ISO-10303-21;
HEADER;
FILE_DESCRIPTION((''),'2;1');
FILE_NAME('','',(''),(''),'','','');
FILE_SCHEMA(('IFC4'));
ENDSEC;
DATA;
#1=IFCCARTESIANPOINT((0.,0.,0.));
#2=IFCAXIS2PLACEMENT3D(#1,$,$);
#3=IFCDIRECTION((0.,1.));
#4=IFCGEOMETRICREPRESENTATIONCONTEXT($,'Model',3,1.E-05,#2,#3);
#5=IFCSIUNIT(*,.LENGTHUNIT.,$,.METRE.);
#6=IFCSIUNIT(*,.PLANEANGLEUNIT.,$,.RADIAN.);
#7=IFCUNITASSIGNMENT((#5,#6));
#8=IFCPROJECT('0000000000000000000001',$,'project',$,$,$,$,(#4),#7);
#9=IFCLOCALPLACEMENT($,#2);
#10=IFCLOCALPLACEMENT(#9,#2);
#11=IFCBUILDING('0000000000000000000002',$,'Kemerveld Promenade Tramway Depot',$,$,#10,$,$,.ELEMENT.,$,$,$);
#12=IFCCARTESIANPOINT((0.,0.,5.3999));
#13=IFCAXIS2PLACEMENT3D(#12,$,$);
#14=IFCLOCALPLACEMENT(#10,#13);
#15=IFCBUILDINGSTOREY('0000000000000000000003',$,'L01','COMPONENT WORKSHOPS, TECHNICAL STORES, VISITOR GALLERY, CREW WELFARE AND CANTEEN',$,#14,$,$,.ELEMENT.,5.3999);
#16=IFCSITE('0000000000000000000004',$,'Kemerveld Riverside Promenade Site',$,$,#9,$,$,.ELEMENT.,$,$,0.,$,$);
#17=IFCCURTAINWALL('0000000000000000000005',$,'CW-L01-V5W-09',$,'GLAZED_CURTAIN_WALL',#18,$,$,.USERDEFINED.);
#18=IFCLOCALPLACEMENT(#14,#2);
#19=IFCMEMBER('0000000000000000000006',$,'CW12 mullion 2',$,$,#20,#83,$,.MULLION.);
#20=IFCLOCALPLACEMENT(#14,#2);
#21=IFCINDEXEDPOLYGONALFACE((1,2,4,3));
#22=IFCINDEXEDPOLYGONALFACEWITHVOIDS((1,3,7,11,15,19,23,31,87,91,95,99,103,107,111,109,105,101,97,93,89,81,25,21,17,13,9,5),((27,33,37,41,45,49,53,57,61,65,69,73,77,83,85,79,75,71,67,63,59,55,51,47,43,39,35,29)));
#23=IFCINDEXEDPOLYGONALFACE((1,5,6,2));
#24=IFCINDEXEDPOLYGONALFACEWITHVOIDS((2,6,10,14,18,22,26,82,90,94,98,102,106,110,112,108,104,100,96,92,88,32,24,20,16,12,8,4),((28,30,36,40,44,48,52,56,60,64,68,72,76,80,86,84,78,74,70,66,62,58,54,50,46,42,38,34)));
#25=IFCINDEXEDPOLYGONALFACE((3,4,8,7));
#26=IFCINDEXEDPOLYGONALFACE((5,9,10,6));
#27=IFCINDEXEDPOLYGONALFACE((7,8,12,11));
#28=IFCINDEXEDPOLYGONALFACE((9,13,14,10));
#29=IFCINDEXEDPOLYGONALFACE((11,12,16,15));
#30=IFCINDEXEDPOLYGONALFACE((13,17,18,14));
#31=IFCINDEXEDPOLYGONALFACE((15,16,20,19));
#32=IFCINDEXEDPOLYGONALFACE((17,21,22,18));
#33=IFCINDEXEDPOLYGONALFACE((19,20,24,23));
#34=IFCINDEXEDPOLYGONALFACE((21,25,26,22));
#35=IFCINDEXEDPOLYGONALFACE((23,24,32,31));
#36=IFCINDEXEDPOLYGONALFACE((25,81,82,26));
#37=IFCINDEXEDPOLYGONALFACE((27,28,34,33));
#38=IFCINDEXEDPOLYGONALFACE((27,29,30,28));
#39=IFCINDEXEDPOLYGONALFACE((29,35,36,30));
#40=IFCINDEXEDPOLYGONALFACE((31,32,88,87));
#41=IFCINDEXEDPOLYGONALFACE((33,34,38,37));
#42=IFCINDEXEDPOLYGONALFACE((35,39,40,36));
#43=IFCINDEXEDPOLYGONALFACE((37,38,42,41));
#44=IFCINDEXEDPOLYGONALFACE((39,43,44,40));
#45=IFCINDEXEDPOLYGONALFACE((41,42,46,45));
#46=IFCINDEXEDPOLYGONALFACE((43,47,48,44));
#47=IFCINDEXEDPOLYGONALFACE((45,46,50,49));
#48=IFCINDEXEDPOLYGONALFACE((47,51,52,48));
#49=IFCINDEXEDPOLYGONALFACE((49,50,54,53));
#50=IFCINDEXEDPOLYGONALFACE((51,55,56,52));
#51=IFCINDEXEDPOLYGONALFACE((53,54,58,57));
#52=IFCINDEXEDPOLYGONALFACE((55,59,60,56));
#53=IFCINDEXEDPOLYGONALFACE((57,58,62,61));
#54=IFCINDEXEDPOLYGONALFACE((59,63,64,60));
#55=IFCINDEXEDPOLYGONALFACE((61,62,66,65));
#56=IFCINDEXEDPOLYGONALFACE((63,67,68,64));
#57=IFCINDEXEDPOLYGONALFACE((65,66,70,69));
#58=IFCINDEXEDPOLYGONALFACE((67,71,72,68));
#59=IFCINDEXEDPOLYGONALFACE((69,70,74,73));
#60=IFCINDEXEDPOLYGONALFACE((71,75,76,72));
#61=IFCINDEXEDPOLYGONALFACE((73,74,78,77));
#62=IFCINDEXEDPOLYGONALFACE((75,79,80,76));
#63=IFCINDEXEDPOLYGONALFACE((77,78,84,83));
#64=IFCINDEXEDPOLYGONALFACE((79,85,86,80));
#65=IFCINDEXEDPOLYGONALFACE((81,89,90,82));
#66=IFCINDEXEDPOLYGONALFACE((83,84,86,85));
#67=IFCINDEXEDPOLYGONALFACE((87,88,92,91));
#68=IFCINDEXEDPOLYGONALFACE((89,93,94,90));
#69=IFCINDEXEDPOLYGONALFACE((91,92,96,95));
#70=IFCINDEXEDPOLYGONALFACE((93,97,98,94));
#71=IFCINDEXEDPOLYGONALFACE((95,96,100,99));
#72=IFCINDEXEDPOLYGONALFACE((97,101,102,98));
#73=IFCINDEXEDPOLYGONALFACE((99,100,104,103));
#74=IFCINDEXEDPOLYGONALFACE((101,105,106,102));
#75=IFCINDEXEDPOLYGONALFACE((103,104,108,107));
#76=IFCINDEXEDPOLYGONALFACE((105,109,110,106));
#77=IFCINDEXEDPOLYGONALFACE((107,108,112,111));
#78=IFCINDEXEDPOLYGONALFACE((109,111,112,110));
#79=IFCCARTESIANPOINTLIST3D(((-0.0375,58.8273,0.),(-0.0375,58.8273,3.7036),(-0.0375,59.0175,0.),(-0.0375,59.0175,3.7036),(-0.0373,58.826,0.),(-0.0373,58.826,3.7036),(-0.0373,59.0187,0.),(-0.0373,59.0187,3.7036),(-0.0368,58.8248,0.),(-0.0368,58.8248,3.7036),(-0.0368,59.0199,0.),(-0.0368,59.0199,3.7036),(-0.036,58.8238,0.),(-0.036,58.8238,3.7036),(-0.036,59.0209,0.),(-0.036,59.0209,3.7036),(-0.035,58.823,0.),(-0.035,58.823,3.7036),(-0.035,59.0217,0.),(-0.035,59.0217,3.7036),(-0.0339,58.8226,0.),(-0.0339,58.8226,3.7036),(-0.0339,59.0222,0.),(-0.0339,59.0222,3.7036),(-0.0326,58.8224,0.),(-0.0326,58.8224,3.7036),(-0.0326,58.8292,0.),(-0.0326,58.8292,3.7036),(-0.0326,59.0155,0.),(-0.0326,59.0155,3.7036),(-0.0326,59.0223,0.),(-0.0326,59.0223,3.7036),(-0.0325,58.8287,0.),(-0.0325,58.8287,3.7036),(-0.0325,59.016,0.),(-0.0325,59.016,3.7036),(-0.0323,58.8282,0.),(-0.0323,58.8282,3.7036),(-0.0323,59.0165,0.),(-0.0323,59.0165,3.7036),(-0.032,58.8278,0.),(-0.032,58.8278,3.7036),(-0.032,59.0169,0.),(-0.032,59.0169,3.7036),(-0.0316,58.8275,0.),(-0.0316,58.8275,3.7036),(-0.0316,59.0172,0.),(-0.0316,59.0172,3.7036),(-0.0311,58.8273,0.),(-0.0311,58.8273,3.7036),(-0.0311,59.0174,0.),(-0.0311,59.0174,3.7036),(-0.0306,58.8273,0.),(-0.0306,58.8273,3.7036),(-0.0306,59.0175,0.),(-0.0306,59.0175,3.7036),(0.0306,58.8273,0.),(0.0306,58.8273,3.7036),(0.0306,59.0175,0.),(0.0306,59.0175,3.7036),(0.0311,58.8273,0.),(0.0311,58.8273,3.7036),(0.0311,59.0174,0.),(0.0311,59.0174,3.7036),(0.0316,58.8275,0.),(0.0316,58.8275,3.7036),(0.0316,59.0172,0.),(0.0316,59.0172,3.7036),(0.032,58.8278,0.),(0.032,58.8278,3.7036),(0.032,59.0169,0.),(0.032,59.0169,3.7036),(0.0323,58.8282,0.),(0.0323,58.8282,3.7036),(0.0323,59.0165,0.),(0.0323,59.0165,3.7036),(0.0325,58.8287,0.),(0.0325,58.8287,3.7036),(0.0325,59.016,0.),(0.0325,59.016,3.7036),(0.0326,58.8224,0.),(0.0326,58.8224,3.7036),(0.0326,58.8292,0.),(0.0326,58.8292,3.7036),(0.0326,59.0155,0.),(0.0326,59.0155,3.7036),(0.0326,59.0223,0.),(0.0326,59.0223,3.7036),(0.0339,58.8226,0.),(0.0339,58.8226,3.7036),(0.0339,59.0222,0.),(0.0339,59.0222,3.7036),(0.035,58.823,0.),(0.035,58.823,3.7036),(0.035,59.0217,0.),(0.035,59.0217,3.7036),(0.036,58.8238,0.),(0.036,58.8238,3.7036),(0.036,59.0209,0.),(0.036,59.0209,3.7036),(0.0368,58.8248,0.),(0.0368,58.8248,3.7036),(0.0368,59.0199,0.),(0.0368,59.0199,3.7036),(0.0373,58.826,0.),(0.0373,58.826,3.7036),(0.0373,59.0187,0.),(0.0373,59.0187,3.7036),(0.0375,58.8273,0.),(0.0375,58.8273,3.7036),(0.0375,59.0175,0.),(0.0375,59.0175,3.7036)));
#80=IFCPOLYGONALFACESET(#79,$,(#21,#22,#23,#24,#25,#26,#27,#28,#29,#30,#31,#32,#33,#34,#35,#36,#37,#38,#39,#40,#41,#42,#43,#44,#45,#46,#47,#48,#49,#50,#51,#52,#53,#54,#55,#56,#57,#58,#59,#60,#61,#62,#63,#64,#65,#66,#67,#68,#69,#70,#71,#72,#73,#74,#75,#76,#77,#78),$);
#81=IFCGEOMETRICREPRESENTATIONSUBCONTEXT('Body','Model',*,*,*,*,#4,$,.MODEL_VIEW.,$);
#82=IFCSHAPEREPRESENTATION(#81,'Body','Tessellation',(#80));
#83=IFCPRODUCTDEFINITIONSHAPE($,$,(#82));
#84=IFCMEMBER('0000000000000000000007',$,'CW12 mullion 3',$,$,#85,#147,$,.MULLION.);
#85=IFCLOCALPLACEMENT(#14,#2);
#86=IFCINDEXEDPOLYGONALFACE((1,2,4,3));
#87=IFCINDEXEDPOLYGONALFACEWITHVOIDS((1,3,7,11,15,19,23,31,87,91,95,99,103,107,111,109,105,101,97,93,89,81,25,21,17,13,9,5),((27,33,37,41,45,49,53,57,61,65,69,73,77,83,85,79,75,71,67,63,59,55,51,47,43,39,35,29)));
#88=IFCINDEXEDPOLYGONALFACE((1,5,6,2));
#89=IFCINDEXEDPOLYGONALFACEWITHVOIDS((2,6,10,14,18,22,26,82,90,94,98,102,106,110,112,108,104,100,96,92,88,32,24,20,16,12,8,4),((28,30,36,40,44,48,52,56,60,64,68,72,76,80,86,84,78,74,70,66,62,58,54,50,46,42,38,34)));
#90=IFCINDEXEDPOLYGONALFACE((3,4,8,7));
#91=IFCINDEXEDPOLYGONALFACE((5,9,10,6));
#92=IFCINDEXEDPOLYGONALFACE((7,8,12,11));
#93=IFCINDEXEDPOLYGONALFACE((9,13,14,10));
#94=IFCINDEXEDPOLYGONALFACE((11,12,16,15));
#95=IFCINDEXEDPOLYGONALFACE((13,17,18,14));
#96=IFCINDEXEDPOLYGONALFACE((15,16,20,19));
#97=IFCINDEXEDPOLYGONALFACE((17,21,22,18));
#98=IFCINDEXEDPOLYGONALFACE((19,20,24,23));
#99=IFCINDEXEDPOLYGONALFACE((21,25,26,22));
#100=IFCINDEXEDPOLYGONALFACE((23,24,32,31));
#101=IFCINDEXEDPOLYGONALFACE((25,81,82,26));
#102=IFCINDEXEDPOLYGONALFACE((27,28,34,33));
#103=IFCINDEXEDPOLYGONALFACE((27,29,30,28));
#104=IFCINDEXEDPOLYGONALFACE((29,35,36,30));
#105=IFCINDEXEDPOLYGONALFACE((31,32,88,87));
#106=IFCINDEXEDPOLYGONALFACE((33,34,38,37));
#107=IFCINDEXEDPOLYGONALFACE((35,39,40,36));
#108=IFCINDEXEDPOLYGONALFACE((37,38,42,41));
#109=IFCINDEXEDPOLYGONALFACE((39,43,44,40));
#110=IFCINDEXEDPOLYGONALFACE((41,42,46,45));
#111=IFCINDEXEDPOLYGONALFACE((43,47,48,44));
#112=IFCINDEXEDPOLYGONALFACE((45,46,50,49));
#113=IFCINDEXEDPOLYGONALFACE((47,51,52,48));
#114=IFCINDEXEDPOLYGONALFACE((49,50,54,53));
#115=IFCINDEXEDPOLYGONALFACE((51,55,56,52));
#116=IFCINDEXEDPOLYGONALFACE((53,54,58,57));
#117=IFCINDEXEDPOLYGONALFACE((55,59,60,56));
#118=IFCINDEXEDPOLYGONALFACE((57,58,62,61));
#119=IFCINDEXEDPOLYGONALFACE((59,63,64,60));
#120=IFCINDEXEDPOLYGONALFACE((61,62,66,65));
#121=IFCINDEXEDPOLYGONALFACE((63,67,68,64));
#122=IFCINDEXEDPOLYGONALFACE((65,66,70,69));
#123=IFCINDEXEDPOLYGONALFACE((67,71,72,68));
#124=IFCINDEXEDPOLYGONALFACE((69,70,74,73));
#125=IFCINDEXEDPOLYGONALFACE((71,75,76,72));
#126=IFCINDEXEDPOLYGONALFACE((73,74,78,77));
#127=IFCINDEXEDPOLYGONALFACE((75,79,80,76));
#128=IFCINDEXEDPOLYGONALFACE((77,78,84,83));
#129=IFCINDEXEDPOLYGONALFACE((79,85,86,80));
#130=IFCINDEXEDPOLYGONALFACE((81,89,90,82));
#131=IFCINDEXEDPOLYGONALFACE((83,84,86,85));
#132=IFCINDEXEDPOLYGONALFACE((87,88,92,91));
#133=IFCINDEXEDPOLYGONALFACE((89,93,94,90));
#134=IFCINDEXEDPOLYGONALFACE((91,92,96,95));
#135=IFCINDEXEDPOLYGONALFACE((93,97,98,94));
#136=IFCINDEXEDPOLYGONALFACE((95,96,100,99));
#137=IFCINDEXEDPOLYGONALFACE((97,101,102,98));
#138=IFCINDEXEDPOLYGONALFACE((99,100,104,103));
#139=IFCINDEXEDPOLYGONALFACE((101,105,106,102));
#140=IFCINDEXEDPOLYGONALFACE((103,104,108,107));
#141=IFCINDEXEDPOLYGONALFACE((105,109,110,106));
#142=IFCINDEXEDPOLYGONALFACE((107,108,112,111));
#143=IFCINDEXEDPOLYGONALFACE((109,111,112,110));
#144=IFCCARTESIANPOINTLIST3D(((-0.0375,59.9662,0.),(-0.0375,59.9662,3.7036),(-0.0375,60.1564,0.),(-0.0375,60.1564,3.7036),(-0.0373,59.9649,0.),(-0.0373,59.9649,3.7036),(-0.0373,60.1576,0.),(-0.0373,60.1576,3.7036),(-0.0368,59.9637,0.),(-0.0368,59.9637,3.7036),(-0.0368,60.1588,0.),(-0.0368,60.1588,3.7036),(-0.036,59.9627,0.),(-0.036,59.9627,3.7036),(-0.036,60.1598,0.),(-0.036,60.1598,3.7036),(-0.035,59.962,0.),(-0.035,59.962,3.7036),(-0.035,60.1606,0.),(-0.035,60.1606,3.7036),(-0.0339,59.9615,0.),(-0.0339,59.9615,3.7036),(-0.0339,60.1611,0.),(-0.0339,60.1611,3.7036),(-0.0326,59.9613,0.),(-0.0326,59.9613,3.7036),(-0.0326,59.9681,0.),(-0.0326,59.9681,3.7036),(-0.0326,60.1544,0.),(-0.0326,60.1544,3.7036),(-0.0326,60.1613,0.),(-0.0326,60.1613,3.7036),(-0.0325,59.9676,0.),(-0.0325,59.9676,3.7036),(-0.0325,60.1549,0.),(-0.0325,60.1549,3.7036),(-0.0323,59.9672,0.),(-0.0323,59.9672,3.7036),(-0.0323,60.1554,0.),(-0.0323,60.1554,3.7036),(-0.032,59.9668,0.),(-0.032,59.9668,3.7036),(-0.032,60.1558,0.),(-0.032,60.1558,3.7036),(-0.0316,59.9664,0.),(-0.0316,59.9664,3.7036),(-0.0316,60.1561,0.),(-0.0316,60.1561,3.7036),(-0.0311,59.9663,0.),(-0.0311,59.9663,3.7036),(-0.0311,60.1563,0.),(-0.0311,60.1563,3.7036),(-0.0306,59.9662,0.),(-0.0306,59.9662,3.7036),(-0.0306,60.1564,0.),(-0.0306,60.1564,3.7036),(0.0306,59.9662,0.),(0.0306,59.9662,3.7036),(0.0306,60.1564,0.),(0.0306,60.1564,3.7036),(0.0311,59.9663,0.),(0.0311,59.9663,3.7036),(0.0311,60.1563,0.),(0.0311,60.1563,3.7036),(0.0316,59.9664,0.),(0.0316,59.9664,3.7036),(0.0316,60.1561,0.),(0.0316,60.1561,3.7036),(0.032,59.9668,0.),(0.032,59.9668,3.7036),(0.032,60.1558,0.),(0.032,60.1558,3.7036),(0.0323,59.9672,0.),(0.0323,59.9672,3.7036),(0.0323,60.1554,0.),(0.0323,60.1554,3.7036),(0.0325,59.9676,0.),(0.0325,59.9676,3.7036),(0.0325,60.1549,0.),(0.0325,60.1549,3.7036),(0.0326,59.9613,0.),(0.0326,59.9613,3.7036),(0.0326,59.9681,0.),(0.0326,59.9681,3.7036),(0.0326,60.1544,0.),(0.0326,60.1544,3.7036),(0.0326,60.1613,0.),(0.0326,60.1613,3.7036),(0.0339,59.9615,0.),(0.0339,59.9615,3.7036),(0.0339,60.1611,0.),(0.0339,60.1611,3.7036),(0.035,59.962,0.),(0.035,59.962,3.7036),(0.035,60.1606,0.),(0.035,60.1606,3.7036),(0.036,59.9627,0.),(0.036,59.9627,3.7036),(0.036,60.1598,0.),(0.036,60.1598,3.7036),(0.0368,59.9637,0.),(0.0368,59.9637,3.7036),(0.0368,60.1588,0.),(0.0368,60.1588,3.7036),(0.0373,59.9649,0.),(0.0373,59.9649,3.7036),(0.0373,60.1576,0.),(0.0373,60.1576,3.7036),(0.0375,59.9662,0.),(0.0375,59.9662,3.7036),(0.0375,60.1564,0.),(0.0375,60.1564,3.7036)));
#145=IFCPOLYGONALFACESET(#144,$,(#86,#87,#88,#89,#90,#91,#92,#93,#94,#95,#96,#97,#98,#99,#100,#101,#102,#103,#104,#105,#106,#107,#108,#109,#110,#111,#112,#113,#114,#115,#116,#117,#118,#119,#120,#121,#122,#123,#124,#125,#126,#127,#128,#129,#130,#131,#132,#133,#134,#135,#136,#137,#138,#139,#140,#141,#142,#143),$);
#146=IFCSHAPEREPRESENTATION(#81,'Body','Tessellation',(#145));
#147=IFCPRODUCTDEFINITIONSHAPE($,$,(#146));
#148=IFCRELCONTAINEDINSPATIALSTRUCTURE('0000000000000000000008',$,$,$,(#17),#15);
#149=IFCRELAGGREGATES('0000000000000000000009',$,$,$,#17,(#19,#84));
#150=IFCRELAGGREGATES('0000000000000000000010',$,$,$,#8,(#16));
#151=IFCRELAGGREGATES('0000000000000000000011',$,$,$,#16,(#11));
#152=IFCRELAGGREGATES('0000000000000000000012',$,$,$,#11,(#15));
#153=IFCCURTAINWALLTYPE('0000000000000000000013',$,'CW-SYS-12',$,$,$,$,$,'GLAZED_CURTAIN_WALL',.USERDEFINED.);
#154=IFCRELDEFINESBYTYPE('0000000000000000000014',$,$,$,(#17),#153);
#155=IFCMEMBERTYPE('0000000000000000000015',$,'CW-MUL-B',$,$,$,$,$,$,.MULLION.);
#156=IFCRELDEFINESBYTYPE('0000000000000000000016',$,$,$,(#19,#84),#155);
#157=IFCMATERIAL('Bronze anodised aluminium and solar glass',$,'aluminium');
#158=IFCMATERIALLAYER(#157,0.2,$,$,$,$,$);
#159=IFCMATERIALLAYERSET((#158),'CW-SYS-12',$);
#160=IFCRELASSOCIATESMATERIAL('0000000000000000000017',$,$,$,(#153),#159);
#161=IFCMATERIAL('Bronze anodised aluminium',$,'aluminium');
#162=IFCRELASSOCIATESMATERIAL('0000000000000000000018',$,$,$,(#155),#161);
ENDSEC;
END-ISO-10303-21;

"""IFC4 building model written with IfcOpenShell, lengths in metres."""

from ifc_helpers import new_model, si_unit, direction, frame, origin, origin_2d, place, context, subcontext, project, spatial, hollow_rectangle, extrude, material, layer, layer_set, material_profile, profile_set, type_object, element, aggregate, save


model = new_model("IFC4")

# Units and contexts
model_context = context("Model", 3, precision=1e-05, world=origin(), true_north=direction((0.0, 1.0)))
body_context = subcontext(model_context, "Body", "Model", "MODEL_VIEW")
ifc_project = project(units=[si_unit("LENGTHUNIT", "METRE"), si_unit("PLANEANGLEUNIT", "RADIAN")], contexts=[model_context])

# Site, building, storey
site_placement = place(None, origin())
site = spatial("IfcSite", under=ifc_project, at=site_placement, Name="Kemerveld Riverside Promenade Site", CompositionType="ELEMENT", RefElevation=0.0)
building_placement = place(site_placement, origin())
building = spatial("IfcBuilding", under=site, at=building_placement, Name="Kemerveld Promenade Tramway Depot", CompositionType="ELEMENT")
storey_placement = place(building_placement, frame((0.0, 0.0, 5.3999)))
storey = spatial("IfcBuildingStorey", under=building, at=storey_placement, Name="L01", Description="COMPONENT WORKSHOPS, TECHNICAL STORES, VISITOR GALLERY, CREW WELFARE AND CANTEEN", CompositionType="ELEMENT", Elevation=5.3999)

# Curtain wall, members
ifc_material_1 = material(Name="Bronze anodised aluminium and solar glass", Category="aluminium")
ifc_layer_1 = layer(ifc_material_1, 0.2)
ifc_layer_set_1 = layer_set([ifc_layer_1], Name="CW-SYS-12")
curtain_wall_type = type_object("IfcCurtainWallType", Name="CW-SYS-12", ElementType="GLAZED_CURTAIN_WALL", PredefinedType="USERDEFINED", material=ifc_layer_set_1)
curtain_wall_placement = place(storey_placement, origin())
curtain_wall = element("IfcCurtainWall", 1, at=curtain_wall_placement, inside=storey, type_object=curtain_wall_type, Name="CW-L01-V5W-09", ObjectType="GLAZED_CURTAIN_WALL", PredefinedType="USERDEFINED")
ifc_material_2 = material(Name="Bronze anodised aluminium", Category="aluminium")
ifc_material_profile_1 = material_profile(ifc_material_2, hollow_rectangle(XDim=0.075, YDim=0.2, WallThickness=0.0049, InnerFilletRadius=0.002, OuterFilletRadius=0.0049, at=origin_2d()), Name="CW-MUL-200x75")
ifc_profile_set_1 = profile_set([ifc_material_profile_1], Name="Bronze anodised aluminium")
member_type_1 = type_object("IfcMemberType", Name="CW-MUL-B", PredefinedType="MULLION", material=ifc_profile_set_1)
member_1_placement = place(storey_placement, frame((0.0, 58.9224, 0.0), z_axis=(0.0, 0.0, 1.0), x_axis=(-1.0, 0.0, 0.0)))
member_1 = element("IfcMember", 2, at=member_1_placement, type_object=member_type_1, Name="CW12 mullion 2", PredefinedType="MULLION", context=body_context, shape_type="SweptSolid", body=[
    extrude(hollow_rectangle(XDim=0.075, YDim=0.2, WallThickness=0.0049, InnerFilletRadius=0.002, OuterFilletRadius=0.0049, at=origin_2d()), origin(), (0.0, 0.0, 1.0), 3.7036),
])
member_2_placement = place(storey_placement, frame((0.0, 60.0613, 0.0), z_axis=(0.0, 0.0, 1.0), x_axis=(-1.0, 0.0, 0.0)))
member_2 = element("IfcMember", 3, at=member_2_placement, type_object=member_type_1, Name="CW12 mullion 3", PredefinedType="MULLION", context=body_context, shape_type="SweptSolid", body=[
    extrude(hollow_rectangle(XDim=0.075, YDim=0.2, WallThickness=0.0049, InnerFilletRadius=0.002, OuterFilletRadius=0.0049, at=origin_2d()), origin(), (0.0, 0.0, 1.0), 3.7036),
])
aggregate(curtain_wall, [member_1, member_2])

save(model, "model.ifc")
